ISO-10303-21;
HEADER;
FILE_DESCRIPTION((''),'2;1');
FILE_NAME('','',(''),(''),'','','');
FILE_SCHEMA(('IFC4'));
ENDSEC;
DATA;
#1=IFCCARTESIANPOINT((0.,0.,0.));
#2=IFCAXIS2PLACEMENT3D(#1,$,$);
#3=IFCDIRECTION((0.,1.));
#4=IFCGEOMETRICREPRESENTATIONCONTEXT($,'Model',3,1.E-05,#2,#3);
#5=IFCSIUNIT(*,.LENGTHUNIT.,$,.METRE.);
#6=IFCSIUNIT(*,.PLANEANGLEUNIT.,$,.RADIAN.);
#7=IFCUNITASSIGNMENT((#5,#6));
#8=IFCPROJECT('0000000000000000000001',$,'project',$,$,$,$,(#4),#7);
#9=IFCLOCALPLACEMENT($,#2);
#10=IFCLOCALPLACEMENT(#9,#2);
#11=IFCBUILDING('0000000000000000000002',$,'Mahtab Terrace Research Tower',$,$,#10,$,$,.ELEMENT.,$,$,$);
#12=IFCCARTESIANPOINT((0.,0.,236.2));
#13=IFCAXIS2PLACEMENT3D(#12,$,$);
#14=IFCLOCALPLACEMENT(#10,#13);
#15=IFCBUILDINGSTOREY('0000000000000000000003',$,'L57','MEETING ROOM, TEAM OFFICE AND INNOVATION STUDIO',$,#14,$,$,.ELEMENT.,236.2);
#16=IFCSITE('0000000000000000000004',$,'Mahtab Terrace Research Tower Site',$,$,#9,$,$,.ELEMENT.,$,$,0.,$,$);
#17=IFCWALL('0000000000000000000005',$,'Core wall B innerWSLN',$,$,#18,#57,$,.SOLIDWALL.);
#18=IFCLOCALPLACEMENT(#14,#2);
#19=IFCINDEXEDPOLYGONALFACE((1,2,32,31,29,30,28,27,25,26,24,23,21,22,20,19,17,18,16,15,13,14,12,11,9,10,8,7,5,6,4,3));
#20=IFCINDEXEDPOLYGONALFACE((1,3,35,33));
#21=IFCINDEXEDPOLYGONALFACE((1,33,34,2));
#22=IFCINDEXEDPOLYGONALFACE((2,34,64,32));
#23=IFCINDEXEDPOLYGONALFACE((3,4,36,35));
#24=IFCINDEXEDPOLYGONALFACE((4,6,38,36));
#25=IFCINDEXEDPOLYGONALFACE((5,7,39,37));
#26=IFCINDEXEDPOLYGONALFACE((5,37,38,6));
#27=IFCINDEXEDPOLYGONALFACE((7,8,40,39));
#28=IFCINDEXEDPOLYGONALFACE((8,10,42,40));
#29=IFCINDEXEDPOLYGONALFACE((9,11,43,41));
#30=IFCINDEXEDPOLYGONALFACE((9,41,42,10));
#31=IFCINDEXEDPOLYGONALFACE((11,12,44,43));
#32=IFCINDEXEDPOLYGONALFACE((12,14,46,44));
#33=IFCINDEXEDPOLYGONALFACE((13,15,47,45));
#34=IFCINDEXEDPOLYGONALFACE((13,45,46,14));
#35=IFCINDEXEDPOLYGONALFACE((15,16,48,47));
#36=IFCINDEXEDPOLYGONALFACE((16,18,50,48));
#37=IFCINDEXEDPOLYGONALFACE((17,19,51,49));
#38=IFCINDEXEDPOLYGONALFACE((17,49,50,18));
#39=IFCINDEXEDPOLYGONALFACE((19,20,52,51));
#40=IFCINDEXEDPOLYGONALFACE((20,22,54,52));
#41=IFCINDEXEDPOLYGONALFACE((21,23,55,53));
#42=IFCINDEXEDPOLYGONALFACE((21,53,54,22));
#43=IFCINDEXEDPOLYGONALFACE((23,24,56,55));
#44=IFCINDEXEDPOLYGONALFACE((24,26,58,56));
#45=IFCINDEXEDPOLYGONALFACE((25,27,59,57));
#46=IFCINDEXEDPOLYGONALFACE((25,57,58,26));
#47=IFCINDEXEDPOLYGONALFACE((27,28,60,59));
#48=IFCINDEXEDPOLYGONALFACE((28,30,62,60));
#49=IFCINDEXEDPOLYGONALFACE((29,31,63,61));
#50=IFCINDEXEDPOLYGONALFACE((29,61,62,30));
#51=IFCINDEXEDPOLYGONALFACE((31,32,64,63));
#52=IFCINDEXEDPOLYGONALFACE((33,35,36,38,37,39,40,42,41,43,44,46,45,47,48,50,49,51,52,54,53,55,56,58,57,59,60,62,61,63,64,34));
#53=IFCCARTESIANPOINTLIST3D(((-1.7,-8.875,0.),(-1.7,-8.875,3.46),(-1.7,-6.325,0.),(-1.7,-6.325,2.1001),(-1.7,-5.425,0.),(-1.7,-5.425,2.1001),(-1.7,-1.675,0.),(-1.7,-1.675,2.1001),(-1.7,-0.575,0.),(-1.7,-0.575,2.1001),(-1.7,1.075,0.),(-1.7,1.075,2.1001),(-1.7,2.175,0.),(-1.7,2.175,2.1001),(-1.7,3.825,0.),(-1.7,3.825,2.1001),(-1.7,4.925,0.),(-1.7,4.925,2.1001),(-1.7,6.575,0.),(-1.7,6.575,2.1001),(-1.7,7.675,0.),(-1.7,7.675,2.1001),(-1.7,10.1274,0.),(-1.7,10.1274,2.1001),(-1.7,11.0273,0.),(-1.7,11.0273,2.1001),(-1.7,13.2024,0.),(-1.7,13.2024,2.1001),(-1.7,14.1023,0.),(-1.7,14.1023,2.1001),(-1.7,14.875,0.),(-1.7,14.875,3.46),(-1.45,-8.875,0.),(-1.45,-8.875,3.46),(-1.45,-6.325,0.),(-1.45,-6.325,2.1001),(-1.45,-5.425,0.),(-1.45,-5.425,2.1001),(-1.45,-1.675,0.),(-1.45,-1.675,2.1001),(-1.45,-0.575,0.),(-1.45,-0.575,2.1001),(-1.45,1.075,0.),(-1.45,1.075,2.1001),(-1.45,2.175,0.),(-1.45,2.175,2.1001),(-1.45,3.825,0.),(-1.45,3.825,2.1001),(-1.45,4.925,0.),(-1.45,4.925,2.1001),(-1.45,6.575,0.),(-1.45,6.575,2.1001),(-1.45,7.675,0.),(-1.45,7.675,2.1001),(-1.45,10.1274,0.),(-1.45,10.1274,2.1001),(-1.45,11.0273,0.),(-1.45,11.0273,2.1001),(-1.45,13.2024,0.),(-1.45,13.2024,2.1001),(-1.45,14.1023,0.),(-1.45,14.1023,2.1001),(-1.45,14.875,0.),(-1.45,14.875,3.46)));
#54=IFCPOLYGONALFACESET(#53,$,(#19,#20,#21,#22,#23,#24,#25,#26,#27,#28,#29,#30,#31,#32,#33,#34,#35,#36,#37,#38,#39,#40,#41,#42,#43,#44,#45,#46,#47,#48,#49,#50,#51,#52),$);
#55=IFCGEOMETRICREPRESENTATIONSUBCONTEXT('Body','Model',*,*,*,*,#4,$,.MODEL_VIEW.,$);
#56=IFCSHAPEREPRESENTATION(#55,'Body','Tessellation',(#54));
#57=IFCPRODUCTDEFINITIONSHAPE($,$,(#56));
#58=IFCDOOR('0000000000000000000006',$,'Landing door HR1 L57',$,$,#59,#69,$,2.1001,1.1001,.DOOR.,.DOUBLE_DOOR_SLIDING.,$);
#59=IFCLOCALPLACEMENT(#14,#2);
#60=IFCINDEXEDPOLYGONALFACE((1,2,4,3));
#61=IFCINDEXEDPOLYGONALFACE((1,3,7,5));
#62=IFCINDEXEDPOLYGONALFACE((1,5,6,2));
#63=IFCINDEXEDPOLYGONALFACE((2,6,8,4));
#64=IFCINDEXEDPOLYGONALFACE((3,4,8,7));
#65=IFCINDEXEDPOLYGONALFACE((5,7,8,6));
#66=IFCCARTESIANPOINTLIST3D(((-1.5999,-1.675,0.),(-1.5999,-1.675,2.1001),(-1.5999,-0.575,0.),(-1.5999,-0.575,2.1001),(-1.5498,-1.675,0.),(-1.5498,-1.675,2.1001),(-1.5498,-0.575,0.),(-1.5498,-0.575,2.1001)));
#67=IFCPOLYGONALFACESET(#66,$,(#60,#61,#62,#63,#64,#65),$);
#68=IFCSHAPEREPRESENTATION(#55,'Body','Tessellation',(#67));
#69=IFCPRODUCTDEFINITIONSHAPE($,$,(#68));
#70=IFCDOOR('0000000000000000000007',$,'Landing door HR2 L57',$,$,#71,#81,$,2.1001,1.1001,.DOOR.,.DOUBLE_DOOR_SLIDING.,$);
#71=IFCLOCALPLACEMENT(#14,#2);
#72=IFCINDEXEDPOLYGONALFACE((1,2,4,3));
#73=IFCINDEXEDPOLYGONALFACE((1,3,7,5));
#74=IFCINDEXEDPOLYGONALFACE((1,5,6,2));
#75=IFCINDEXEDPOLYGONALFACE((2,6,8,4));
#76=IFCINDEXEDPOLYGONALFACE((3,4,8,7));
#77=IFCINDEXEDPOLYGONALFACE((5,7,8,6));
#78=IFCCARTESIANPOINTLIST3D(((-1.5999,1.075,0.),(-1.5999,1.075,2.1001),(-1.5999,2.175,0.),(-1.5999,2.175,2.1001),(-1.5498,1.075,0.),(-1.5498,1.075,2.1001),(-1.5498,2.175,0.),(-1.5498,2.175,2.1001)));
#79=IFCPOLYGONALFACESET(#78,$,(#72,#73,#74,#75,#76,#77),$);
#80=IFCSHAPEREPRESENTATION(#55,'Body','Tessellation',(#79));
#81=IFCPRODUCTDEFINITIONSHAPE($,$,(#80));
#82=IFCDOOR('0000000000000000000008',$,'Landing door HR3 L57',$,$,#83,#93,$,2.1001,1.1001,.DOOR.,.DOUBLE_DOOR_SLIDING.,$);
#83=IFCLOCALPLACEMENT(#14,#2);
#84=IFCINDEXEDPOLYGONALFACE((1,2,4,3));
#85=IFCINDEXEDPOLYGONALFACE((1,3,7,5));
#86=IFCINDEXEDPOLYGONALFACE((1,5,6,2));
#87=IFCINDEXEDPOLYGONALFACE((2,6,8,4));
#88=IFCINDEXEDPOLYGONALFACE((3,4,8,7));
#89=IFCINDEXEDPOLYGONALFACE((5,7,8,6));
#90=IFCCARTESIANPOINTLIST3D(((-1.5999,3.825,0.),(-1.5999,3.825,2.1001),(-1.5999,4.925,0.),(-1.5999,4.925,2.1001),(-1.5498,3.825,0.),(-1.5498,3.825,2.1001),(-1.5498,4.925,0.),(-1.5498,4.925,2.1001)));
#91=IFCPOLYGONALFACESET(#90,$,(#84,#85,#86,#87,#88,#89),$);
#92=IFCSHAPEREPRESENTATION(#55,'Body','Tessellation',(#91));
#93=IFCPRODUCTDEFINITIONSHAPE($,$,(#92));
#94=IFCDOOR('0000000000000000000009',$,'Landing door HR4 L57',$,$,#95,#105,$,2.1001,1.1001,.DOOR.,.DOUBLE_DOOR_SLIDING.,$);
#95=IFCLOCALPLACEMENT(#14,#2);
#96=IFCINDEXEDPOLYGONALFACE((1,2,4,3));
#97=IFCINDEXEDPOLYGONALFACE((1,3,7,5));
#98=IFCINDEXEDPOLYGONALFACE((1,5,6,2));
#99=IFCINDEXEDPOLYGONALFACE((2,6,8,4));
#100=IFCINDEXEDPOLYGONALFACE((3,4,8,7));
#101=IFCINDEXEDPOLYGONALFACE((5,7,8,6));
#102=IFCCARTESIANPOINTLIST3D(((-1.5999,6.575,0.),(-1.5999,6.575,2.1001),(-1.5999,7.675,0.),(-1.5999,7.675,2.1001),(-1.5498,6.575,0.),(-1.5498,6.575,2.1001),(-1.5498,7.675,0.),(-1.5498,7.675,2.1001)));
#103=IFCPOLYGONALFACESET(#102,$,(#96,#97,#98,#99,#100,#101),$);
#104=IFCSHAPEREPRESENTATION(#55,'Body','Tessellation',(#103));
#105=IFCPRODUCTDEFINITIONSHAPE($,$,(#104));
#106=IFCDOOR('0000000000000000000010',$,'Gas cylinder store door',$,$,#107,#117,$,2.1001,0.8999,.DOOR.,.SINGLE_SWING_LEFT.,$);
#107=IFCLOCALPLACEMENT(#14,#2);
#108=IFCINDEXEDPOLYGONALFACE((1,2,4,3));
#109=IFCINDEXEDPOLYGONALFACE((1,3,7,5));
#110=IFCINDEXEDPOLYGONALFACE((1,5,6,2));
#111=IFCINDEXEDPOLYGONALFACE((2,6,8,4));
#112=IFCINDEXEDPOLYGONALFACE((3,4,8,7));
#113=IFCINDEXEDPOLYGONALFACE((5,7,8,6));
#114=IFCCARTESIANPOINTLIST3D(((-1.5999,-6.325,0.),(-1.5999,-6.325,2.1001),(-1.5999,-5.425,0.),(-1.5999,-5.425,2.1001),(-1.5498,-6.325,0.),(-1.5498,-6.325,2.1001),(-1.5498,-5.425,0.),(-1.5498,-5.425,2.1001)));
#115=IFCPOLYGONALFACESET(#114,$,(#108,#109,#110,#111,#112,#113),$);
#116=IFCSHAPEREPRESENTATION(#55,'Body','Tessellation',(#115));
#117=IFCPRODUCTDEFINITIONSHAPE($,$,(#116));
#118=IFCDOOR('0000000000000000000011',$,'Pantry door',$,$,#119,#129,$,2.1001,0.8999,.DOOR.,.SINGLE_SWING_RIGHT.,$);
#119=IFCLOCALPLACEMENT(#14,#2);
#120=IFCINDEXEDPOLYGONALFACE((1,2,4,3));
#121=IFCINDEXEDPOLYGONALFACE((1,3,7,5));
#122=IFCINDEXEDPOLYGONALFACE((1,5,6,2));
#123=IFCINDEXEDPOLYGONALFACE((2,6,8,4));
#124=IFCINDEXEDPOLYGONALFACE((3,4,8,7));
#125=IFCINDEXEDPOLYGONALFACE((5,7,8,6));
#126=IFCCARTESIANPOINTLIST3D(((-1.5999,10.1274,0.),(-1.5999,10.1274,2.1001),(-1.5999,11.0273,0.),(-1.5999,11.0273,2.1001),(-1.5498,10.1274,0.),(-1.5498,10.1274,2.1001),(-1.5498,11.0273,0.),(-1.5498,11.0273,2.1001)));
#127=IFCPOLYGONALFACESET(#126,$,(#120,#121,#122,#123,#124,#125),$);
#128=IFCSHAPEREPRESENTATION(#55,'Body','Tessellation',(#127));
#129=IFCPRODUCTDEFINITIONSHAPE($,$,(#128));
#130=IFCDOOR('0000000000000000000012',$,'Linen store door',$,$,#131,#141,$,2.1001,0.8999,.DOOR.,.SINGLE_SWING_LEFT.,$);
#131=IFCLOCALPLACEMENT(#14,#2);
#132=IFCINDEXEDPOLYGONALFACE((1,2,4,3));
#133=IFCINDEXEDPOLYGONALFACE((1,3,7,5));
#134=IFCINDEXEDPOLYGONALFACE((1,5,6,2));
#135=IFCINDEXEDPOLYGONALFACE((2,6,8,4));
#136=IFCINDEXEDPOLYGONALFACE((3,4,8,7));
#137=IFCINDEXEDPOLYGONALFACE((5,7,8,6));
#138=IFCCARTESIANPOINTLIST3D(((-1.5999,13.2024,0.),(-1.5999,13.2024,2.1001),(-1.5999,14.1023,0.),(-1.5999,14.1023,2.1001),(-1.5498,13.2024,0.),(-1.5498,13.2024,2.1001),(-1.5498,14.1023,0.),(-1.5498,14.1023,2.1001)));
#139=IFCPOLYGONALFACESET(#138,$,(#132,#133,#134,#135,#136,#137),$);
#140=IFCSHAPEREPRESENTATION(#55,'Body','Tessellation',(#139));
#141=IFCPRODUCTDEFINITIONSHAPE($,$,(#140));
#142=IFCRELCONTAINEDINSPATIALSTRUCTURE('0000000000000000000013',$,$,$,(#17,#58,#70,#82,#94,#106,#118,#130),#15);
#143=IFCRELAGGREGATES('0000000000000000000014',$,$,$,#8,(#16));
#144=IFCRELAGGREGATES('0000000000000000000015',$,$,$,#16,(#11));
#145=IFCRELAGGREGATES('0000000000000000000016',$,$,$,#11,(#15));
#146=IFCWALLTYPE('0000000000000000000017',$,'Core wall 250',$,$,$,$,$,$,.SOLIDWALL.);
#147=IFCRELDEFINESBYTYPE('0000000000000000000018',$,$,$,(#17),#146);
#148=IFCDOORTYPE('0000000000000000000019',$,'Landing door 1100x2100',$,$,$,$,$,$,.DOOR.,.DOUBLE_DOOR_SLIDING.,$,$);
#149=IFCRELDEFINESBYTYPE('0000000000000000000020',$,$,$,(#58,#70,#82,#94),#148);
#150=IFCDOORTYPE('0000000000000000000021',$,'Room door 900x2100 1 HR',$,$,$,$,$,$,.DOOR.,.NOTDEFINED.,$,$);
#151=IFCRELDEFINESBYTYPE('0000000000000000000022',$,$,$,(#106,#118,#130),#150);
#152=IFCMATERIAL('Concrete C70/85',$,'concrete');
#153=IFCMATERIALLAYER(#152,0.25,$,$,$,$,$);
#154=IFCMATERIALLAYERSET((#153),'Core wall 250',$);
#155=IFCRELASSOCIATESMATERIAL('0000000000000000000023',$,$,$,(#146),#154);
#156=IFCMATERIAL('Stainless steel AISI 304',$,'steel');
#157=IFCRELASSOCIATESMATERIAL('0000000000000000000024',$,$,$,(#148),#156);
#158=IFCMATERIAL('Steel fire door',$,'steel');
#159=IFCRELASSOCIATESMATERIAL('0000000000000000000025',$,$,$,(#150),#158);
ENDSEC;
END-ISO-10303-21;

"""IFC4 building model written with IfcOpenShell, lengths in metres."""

from ifc_helpers import new_model, si_unit, direction, frame, frame_2d, origin, place, context, subcontext, project, spatial, rectangle, extrude, material, layer, layer_set, type_object, element, fill, save


model = new_model("IFC4")

# Units and contexts
model_context = context("Model", 3, precision=1e-05, world=origin(), true_north=direction((0.0, 1.0)))
body_context = subcontext(model_context, "Body", "Model", "MODEL_VIEW")
ifc_project = project(units=[si_unit("LENGTHUNIT", "METRE"), si_unit("PLANEANGLEUNIT", "RADIAN")], contexts=[model_context])

# Site, building, storey
site_placement = place(None, origin())
site = spatial("IfcSite", under=ifc_project, at=site_placement, Name="Mahtab Terrace Research Tower Site", CompositionType="ELEMENT", RefElevation=0.0)
building_placement = place(site_placement, origin())
building = spatial("IfcBuilding", under=site, at=building_placement, Name="Mahtab Terrace Research Tower", CompositionType="ELEMENT")
storey_placement = place(building_placement, frame((0.0, 0.0, 236.2)))
storey = spatial("IfcBuildingStorey", under=building, at=storey_placement, Name="L57", Description="MEETING ROOM, TEAM OFFICE AND INNOVATION STUDIO", CompositionType="ELEMENT", Elevation=236.2)

# Wall, openings, doors
ifc_material_1 = material(Name="Concrete C70/85", Category="concrete")
ifc_layer_1 = layer(ifc_material_1, 0.25)
ifc_layer_set_1 = layer_set([ifc_layer_1], Name="Core wall 250")
wall_type_1 = type_object("IfcWallType", Name="Core wall 250", PredefinedType="SOLIDWALL", material=ifc_layer_set_1)
wall_1_placement = place(storey_placement, frame((-1.575, -8.875, 0.0), z_axis=(0.0, 0.0, 1.0), x_axis=(0.0, 1.0, 0.0)))
wall_1 = element("IfcWall", 1, at=wall_1_placement, inside=storey, type_object=wall_type_1, Name="Core wall B innerWSLN", PredefinedType="SOLIDWALL", context=body_context, shape_type="SweptSolid", body=[
    extrude(rectangle(XDim=23.75, YDim=0.25, at=frame_2d((11.875, 0.0))), origin(), (0.0, 0.0, 1.0), 3.46),
])
opening_1_placement = place(wall_1_placement, frame((7.2, 0.0, 0.0)))
opening_1 = element("IfcOpeningElement", 2, at=opening_1_placement, cuts=wall_1, PredefinedType="OPENING", context=body_context, shape_type="SweptSolid", body=[
    extrude(rectangle(XDim=1.1001, YDim=2.1001, at=frame_2d((0.55, 1.05))), frame((0.0, 0.135, 0.0), z_axis=(0.0, -1.0, 0.0), x_axis=(1.0, 0.0, 0.0)), (0.0, 0.0, 1.0), 0.27),
])
opening_2_placement = place(wall_1_placement, frame((9.95, 0.0, 0.0)))
opening_2 = element("IfcOpeningElement", 3, at=opening_2_placement, cuts=wall_1, PredefinedType="OPENING", context=body_context, shape_type="SweptSolid", body=[
    extrude(rectangle(XDim=1.1001, YDim=2.1001, at=frame_2d((0.55, 1.05))), frame((0.0, 0.135, 0.0), z_axis=(0.0, -1.0, 0.0), x_axis=(1.0, 0.0, 0.0)), (0.0, 0.0, 1.0), 0.27),
])
opening_3_placement = place(wall_1_placement, frame((12.7, 0.0, 0.0)))
opening_3 = element("IfcOpeningElement", 4, at=opening_3_placement, cuts=wall_1, PredefinedType="OPENING", context=body_context, shape_type="SweptSolid", body=[
    extrude(rectangle(XDim=1.1001, YDim=2.1001, at=frame_2d((0.55, 1.05))), frame((0.0, 0.135, 0.0), z_axis=(0.0, -1.0, 0.0), x_axis=(1.0, 0.0, 0.0)), (0.0, 0.0, 1.0), 0.27),
])
opening_4_placement = place(wall_1_placement, frame((15.45, 0.0, 0.0)))
opening_4 = element("IfcOpeningElement", 5, at=opening_4_placement, cuts=wall_1, PredefinedType="OPENING", context=body_context, shape_type="SweptSolid", body=[
    extrude(rectangle(XDim=1.1001, YDim=2.1001, at=frame_2d((0.55, 1.05))), frame((0.0, 0.135, 0.0), z_axis=(0.0, -1.0, 0.0), x_axis=(1.0, 0.0, 0.0)), (0.0, 0.0, 1.0), 0.27),
])
opening_5_placement = place(wall_1_placement, frame((2.55, 0.0, 0.0)))
opening_5 = element("IfcOpeningElement", 6, at=opening_5_placement, cuts=wall_1, PredefinedType="OPENING", context=body_context, shape_type="SweptSolid", body=[
    extrude(rectangle(XDim=0.8999, YDim=2.1001, at=frame_2d((0.45, 1.05))), frame((0.0, 0.135, 0.0), z_axis=(0.0, -1.0, 0.0), x_axis=(1.0, 0.0, 0.0)), (0.0, 0.0, 1.0), 0.27),
])
opening_6_placement = place(wall_1_placement, frame((19.0024, 0.0, 0.0)))
opening_6 = element("IfcOpeningElement", 7, at=opening_6_placement, cuts=wall_1, PredefinedType="OPENING", context=body_context, shape_type="SweptSolid", body=[
    extrude(rectangle(XDim=0.8999, YDim=2.1001, at=frame_2d((0.45, 1.05))), frame((0.0, 0.135, 0.0), z_axis=(0.0, -1.0, 0.0), x_axis=(1.0, 0.0, 0.0)), (0.0, 0.0, 1.0), 0.27),
])
opening_7_placement = place(wall_1_placement, frame((22.0774, 0.0, 0.0)))
opening_7 = element("IfcOpeningElement", 8, at=opening_7_placement, cuts=wall_1, PredefinedType="OPENING", context=body_context, shape_type="SweptSolid", body=[
    extrude(rectangle(XDim=0.8999, YDim=2.1001, at=frame_2d((0.45, 1.05))), frame((0.0, 0.135, 0.0), z_axis=(0.0, -1.0, 0.0), x_axis=(1.0, 0.0, 0.0)), (0.0, 0.0, 1.0), 0.27),
])
ifc_material_2 = material(Name="Stainless steel AISI 304", Category="steel")
door_type_1 = type_object("IfcDoorType", Name="Landing door 1100x2100", OperationType="DOUBLE_DOOR_SLIDING", PredefinedType="DOOR", material=ifc_material_2)
door_1_placement = place(opening_1_placement, origin())
door_1 = element("IfcDoor", 9, at=door_1_placement, inside=storey, type_object=door_type_1, Name="Landing door HR1 L57", OperationType="DOUBLE_DOOR_SLIDING", OverallHeight=2.1001, OverallWidth=1.1001, PredefinedType="DOOR", context=body_context, shape_type="SweptSolid", body=[
    extrude(rectangle(XDim=1.1001, YDim=2.1001, at=frame_2d((0.55, 1.05))), frame((0.0, 0.0249, 0.0), z_axis=(0.0, -1.0, 0.0), x_axis=(1.0, 0.0, 0.0)), (0.0, 0.0, 1.0), 0.05),
])
fill(opening_1, door_1)
door_2_placement = place(opening_2_placement, origin())
door_2 = element("IfcDoor", 10, at=door_2_placement, inside=storey, type_object=door_type_1, Name="Landing door HR2 L57", OperationType="DOUBLE_DOOR_SLIDING", OverallHeight=2.1001, OverallWidth=1.1001, PredefinedType="DOOR", context=body_context, shape_type="SweptSolid", body=[
    extrude(rectangle(XDim=1.1001, YDim=2.1001, at=frame_2d((0.55, 1.05))), frame((0.0, 0.0249, 0.0), z_axis=(0.0, -1.0, 0.0), x_axis=(1.0, 0.0, 0.0)), (0.0, 0.0, 1.0), 0.05),
])
fill(opening_2, door_2)
door_3_placement = place(opening_3_placement, origin())
door_3 = element("IfcDoor", 11, at=door_3_placement, inside=storey, type_object=door_type_1, Name="Landing door HR3 L57", OperationType="DOUBLE_DOOR_SLIDING", OverallHeight=2.1001, OverallWidth=1.1001, PredefinedType="DOOR", context=body_context, shape_type="SweptSolid", body=[
    extrude(rectangle(XDim=1.1001, YDim=2.1001, at=frame_2d((0.55, 1.05))), frame((0.0, 0.0249, 0.0), z_axis=(0.0, -1.0, 0.0), x_axis=(1.0, 0.0, 0.0)), (0.0, 0.0, 1.0), 0.05),
])
fill(opening_3, door_3)
door_4_placement = place(opening_4_placement, origin())
door_4 = element("IfcDoor", 12, at=door_4_placement, inside=storey, type_object=door_type_1, Name="Landing door HR4 L57", OperationType="DOUBLE_DOOR_SLIDING", OverallHeight=2.1001, OverallWidth=1.1001, PredefinedType="DOOR", context=body_context, shape_type="SweptSolid", body=[
    extrude(rectangle(XDim=1.1001, YDim=2.1001, at=frame_2d((0.55, 1.05))), frame((0.0, 0.0249, 0.0), z_axis=(0.0, -1.0, 0.0), x_axis=(1.0, 0.0, 0.0)), (0.0, 0.0, 1.0), 0.05),
])
fill(opening_4, door_4)
ifc_material_3 = material(Name="Steel fire door", Category="steel")
door_type_2 = type_object("IfcDoorType", Name="Room door 900x2100 1 HR", OperationType="NOTDEFINED", PredefinedType="DOOR", material=ifc_material_3)
door_5_placement = place(opening_5_placement, origin())
door_5 = element("IfcDoor", 13, at=door_5_placement, inside=storey, type_object=door_type_2, Name="Gas cylinder store door", OperationType="SINGLE_SWING_LEFT", OverallHeight=2.1001, OverallWidth=0.8999, PredefinedType="DOOR", context=body_context, shape_type="SweptSolid", body=[
    extrude(rectangle(XDim=0.8999, YDim=2.1001, at=frame_2d((0.45, 1.05))), frame((0.0, 0.0249, 0.0), z_axis=(0.0, -1.0, 0.0), x_axis=(1.0, 0.0, 0.0)), (0.0, 0.0, 1.0), 0.05),
])
fill(opening_5, door_5)
door_6_placement = place(opening_6_placement, origin())
door_6 = element("IfcDoor", 14, at=door_6_placement, inside=storey, type_object=door_type_2, Name="Pantry door", OperationType="SINGLE_SWING_RIGHT", OverallHeight=2.1001, OverallWidth=0.8999, PredefinedType="DOOR", context=body_context, shape_type="SweptSolid", body=[
    extrude(rectangle(XDim=0.8999, YDim=2.1001, at=frame_2d((0.45, 1.05))), frame((0.0, 0.0249, 0.0), z_axis=(0.0, -1.0, 0.0), x_axis=(1.0, 0.0, 0.0)), (0.0, 0.0, 1.0), 0.05),
])
fill(opening_6, door_6)
door_7_placement = place(opening_7_placement, origin())
door_7 = element("IfcDoor", 15, at=door_7_placement, inside=storey, type_object=door_type_2, Name="Linen store door", OperationType="SINGLE_SWING_LEFT", OverallHeight=2.1001, OverallWidth=0.8999, PredefinedType="DOOR", context=body_context, shape_type="SweptSolid", body=[
    extrude(rectangle(XDim=0.8999, YDim=2.1001, at=frame_2d((0.45, 1.05))), frame((0.0, 0.0249, 0.0), z_axis=(0.0, -1.0, 0.0), x_axis=(1.0, 0.0, 0.0)), (0.0, 0.0, 1.0), 0.05),
])
fill(opening_7, door_7)

save(model, "model.ifc")
